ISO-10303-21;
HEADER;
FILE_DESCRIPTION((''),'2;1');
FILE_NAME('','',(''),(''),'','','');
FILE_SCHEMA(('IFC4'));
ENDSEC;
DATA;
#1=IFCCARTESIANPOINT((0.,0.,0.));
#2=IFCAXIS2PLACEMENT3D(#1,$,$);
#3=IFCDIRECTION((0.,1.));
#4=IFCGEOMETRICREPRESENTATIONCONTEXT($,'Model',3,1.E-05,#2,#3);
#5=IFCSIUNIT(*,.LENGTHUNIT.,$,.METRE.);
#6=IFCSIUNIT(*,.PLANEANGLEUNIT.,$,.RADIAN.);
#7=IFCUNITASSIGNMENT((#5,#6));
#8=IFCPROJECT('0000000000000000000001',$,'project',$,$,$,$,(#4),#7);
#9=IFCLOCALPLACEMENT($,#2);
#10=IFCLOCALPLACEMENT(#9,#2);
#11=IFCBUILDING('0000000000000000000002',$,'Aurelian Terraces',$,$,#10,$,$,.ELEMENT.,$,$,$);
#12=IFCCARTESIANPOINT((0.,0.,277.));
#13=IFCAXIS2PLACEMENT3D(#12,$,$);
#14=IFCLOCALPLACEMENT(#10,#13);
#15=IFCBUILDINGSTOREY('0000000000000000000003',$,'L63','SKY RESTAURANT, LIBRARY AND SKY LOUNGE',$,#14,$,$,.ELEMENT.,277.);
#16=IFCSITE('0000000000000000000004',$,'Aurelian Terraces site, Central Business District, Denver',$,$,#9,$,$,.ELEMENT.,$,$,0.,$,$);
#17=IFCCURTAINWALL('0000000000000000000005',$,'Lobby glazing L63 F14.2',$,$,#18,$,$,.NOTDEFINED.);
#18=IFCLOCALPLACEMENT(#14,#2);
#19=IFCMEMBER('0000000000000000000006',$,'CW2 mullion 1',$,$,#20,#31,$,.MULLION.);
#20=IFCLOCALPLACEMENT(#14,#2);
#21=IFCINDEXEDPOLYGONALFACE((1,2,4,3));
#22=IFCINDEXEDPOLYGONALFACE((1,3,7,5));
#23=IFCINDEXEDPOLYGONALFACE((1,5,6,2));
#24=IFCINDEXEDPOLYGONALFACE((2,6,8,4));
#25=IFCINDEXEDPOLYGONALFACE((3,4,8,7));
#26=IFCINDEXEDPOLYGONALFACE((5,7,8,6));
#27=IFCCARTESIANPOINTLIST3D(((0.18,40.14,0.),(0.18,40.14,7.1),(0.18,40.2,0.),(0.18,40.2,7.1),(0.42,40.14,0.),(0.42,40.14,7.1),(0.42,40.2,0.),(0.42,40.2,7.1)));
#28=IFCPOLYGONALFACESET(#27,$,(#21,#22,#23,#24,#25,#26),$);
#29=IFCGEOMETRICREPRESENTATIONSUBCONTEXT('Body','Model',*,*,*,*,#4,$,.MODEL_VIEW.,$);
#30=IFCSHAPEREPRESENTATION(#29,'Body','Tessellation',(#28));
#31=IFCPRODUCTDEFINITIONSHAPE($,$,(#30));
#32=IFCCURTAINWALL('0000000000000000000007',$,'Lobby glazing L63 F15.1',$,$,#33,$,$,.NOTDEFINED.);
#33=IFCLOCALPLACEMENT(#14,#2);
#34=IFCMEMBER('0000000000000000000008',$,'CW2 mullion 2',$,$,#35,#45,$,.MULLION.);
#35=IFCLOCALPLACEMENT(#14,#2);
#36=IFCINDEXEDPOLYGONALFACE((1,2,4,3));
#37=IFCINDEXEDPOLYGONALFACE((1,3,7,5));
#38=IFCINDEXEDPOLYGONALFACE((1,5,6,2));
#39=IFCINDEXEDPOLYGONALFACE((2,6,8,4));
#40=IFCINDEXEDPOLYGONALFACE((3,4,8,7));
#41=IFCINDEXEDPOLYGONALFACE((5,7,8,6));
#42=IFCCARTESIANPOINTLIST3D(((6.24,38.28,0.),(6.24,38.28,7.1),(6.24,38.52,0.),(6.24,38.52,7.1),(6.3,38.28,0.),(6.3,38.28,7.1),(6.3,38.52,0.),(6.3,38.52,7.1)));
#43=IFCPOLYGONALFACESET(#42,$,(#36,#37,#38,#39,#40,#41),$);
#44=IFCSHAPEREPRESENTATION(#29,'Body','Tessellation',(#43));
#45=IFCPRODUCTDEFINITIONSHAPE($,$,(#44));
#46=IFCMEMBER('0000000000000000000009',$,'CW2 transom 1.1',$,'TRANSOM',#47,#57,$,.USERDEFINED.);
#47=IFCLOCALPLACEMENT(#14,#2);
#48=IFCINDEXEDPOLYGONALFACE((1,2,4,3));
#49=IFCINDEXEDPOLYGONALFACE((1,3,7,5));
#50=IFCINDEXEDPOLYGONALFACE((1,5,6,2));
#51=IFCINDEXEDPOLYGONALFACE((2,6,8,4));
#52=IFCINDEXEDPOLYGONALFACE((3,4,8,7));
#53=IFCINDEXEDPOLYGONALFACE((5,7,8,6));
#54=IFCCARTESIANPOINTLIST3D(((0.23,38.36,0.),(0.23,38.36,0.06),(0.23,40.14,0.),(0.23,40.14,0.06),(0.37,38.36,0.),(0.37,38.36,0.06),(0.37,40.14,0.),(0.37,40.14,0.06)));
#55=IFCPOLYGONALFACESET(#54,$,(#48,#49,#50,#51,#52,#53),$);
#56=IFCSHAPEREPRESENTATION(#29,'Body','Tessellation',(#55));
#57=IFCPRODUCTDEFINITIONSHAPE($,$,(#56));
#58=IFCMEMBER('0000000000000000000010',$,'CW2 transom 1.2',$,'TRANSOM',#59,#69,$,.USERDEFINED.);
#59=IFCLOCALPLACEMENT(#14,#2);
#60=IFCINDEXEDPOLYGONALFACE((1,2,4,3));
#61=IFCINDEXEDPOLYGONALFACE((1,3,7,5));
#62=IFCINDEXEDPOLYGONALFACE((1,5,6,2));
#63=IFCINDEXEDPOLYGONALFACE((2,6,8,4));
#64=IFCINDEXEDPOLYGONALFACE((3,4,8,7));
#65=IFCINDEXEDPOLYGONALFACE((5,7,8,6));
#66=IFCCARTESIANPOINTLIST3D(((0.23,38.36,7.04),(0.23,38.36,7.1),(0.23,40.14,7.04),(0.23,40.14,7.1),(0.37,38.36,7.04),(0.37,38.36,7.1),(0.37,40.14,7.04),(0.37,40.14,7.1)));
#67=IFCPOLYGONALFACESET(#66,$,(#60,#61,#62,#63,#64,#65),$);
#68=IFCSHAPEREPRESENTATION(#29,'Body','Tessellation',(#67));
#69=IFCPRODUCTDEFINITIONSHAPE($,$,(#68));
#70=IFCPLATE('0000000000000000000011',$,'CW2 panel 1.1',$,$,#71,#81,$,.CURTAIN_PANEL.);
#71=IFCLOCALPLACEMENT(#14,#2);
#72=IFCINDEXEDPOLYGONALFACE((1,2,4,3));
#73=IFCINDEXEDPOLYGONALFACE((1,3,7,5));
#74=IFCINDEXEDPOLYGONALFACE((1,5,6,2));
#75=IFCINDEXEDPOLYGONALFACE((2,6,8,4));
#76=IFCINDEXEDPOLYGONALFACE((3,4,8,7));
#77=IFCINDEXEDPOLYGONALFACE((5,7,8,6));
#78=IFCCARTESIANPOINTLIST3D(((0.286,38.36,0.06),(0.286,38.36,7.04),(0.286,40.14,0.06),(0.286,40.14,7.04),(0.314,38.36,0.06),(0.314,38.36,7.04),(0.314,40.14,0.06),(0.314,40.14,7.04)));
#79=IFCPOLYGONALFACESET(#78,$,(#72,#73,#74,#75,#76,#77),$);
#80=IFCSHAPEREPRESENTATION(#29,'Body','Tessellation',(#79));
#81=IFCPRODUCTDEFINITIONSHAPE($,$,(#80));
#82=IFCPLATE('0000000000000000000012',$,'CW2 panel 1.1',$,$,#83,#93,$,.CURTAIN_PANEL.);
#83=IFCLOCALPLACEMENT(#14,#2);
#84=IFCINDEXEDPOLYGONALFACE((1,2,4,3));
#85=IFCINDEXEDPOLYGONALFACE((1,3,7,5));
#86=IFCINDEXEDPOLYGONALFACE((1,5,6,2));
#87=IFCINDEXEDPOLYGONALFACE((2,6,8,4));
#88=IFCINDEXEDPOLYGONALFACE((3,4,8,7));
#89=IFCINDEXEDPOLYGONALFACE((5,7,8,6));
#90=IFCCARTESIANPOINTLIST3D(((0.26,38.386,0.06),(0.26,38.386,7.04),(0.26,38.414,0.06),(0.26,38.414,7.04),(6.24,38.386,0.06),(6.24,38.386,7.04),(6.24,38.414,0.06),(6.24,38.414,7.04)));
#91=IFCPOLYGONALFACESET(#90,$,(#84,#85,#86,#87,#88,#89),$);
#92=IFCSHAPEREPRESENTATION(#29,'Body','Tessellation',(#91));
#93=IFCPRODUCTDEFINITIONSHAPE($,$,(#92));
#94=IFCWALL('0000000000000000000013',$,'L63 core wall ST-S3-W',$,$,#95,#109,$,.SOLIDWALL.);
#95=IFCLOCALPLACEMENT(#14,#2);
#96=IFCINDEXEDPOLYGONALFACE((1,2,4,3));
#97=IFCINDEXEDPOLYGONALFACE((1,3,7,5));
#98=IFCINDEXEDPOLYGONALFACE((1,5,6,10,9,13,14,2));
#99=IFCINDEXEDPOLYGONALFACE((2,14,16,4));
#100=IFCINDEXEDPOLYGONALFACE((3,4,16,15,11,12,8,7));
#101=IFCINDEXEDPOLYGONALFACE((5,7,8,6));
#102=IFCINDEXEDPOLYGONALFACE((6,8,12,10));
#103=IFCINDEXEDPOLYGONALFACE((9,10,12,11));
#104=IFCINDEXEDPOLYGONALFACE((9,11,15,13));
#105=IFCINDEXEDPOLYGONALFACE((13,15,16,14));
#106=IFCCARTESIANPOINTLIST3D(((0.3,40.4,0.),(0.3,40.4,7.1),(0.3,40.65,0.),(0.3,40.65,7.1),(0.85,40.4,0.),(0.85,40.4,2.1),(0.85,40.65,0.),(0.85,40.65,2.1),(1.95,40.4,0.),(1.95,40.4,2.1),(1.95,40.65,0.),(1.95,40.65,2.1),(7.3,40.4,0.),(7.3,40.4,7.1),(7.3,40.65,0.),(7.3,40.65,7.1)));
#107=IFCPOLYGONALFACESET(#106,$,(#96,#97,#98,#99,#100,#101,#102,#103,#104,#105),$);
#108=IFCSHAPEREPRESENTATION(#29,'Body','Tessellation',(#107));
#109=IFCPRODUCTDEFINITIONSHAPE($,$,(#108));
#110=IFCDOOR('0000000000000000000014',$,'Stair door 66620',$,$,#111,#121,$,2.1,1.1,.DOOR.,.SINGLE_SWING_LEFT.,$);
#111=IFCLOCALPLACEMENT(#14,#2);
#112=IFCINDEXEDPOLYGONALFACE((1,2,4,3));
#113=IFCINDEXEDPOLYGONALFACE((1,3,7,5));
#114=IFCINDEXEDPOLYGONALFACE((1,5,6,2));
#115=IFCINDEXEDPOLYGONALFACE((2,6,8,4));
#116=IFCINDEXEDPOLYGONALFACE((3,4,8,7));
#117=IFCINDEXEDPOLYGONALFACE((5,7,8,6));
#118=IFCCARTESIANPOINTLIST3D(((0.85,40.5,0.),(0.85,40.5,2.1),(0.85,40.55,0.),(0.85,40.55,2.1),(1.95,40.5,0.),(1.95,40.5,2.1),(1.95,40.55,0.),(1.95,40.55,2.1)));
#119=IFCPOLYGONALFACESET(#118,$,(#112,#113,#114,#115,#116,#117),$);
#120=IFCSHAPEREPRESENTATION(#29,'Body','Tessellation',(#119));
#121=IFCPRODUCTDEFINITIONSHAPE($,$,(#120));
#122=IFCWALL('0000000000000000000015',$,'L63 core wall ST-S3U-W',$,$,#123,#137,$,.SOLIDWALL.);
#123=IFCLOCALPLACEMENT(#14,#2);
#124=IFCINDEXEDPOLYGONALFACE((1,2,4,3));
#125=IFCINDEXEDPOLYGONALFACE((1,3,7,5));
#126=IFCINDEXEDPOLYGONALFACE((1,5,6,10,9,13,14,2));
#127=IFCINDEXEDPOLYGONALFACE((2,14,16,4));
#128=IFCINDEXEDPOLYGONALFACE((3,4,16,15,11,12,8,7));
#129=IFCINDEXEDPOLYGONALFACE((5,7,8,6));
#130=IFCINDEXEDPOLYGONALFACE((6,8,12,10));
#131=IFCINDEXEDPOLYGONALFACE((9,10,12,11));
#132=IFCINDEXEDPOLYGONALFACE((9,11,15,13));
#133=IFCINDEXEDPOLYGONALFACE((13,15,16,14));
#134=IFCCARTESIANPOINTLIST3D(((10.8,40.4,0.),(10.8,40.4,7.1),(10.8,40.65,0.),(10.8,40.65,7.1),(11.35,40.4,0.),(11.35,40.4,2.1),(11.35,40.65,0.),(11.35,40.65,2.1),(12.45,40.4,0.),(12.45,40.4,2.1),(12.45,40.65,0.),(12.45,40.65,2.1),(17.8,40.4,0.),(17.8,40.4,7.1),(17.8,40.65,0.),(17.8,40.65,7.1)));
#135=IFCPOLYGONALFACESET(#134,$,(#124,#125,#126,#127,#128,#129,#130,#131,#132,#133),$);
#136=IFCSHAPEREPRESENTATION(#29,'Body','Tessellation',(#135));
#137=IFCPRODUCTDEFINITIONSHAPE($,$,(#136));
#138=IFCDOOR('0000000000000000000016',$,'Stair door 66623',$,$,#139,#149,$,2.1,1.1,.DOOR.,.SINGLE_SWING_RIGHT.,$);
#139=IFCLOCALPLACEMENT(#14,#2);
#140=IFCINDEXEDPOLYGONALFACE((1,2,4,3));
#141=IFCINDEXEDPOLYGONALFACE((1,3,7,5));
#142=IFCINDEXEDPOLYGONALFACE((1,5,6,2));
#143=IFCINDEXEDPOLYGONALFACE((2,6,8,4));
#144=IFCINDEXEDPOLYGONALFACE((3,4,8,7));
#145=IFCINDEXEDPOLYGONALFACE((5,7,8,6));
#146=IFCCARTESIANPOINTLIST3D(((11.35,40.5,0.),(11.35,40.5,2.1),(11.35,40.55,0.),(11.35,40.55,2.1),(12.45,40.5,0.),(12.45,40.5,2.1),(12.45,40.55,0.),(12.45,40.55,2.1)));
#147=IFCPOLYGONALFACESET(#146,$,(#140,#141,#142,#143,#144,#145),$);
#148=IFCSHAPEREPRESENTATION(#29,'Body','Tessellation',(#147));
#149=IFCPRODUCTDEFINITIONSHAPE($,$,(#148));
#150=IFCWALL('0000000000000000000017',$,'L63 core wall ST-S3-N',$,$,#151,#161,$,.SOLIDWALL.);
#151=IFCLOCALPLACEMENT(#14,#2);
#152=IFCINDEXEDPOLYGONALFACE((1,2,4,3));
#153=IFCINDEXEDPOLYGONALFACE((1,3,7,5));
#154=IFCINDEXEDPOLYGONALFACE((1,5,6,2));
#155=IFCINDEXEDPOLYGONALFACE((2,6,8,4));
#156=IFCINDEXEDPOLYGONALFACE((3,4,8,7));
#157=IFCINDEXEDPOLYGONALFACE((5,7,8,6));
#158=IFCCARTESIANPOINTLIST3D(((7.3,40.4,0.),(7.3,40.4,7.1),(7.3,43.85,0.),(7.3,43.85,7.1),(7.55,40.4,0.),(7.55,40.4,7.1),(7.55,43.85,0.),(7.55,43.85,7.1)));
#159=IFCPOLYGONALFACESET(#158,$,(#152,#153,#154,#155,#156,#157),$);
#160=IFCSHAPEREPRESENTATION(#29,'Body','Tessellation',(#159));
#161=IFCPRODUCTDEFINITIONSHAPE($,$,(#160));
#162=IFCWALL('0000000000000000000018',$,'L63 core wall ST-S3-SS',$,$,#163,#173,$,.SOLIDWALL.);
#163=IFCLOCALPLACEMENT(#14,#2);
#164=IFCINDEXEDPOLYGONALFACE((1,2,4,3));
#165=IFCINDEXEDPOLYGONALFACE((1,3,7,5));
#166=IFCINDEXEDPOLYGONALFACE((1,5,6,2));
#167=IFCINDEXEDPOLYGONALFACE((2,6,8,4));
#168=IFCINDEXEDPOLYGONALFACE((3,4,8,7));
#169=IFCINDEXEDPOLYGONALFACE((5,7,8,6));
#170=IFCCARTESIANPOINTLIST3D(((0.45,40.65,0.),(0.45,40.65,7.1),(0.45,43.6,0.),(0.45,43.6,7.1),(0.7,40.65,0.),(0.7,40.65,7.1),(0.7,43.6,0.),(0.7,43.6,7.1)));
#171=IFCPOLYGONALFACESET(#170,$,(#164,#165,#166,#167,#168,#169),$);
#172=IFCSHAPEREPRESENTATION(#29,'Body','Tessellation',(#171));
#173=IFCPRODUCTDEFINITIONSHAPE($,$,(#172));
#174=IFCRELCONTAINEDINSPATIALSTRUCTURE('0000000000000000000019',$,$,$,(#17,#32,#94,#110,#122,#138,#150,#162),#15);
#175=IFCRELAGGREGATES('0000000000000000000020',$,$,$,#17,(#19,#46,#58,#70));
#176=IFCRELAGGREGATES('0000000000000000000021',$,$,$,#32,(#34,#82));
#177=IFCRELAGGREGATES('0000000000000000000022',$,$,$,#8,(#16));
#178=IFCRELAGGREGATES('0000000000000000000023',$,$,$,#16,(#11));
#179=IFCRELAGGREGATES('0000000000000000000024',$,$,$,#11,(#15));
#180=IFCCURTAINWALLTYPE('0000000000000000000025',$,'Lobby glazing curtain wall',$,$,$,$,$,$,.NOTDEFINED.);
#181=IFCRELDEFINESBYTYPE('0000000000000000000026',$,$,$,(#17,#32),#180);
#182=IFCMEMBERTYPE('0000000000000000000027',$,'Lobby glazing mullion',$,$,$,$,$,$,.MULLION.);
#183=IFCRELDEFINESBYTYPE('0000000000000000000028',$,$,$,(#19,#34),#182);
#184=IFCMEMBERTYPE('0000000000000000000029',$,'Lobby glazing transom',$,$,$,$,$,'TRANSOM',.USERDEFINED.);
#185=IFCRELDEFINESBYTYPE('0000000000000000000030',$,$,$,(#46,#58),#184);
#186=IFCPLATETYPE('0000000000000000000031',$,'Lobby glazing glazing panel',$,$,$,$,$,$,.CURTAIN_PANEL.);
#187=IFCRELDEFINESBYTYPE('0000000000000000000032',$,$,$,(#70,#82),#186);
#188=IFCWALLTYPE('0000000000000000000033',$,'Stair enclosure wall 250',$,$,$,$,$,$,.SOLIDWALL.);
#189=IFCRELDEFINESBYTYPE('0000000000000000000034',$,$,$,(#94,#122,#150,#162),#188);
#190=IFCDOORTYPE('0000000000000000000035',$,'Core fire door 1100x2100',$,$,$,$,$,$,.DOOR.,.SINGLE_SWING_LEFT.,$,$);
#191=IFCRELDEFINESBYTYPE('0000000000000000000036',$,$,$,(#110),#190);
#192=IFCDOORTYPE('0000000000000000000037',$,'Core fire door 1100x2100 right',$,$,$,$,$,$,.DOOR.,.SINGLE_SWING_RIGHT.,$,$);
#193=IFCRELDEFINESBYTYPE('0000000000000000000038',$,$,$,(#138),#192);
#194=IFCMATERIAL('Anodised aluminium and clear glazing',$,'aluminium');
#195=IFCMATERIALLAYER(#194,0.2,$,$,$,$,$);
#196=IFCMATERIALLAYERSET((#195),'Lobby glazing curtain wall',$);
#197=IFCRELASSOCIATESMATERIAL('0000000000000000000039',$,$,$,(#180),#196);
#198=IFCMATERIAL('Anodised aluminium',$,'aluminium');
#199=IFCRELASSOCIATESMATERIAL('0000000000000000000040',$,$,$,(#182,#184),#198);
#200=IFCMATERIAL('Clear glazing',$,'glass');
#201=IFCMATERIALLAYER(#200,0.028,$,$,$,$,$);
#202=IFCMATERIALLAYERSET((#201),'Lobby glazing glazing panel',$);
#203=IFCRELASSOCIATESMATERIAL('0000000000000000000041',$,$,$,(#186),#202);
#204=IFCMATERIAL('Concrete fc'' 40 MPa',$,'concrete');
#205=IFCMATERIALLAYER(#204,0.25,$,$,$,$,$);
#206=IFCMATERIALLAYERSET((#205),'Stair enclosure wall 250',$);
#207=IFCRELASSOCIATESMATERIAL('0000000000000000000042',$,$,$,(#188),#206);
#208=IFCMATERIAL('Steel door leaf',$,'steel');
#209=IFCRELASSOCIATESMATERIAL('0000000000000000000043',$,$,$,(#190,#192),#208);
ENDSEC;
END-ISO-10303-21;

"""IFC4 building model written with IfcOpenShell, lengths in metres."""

from ifc_helpers import new_model, si_unit, direction, frame, frame_2d, origin, origin_2d, place, context, subcontext, project, spatial, rectangle, extrude, source, transform, mapped, material, layer, layer_set, material_profile, profile_set, type_object, element, fill, aggregate, save


model = new_model("IFC4")

# Units and contexts
model_context = context("Model", 3, precision=1e-05, world=origin(), true_north=direction((0.0, 1.0)))
body_context = subcontext(model_context, "Body", "Model", "MODEL_VIEW")
ifc_project = project(units=[si_unit("LENGTHUNIT", "METRE"), si_unit("PLANEANGLEUNIT", "RADIAN")], contexts=[model_context])

# Site, building, storey
site_placement = place(None, origin())
site = spatial("IfcSite", under=ifc_project, at=site_placement, Name="Aurelian Terraces site, Central Business District, Denver", CompositionType="ELEMENT", RefElevation=0.0)
building_placement = place(site_placement, origin())
building = spatial("IfcBuilding", under=site, at=building_placement, Name="Aurelian Terraces", CompositionType="ELEMENT")
storey_placement = place(building_placement, frame((0.0, 0.0, 277.0)))
storey = spatial("IfcBuildingStorey", under=building, at=storey_placement, Name="L63", Description="SKY RESTAURANT, LIBRARY AND SKY LOUNGE", CompositionType="ELEMENT", Elevation=277.0)

# Curtain walls, members
ifc_material_1 = material(Name="Anodised aluminium and clear glazing", Category="aluminium")
ifc_layer_1 = layer(ifc_material_1, 0.2)
ifc_layer_set_1 = layer_set([ifc_layer_1], Name="Lobby glazing curtain wall")
curtain_wall_type = type_object("IfcCurtainWallType", Name="Lobby glazing curtain wall", PredefinedType="NOTDEFINED", material=ifc_layer_set_1)
curtain_wall_1_placement = place(storey_placement, origin())
curtain_wall_1 = element("IfcCurtainWall", 1, at=curtain_wall_1_placement, inside=storey, type_object=curtain_wall_type, Name="Lobby glazing L63 F14.2", PredefinedType="NOTDEFINED")
ifc_material_2 = material(Name="Anodised aluminium", Category="aluminium")
ifc_material_profile_1 = material_profile(ifc_material_2, rectangle(XDim=0.24, YDim=0.06, at=origin_2d()))
ifc_profile_set_1 = profile_set([ifc_material_profile_1], Name="Anodised aluminium")
member_type_1 = type_object("IfcMemberType", Name="Lobby glazing mullion", PredefinedType="MULLION", material=ifc_profile_set_1)
shared_shape_1 = source(origin(), body_context, "Body", "SweptSolid", [
    extrude(rectangle(XDim=0.24, YDim=0.06, at=origin_2d()), origin(), (0.0, 0.0, 1.0), 7.1),
])
member_1_placement = place(storey_placement, frame((0.3, 40.17, 0.0), z_axis=(0.0, 0.0, 1.0), x_axis=(1.0, 0.0, 0.0)))
member_1 = element("IfcMember", 2, at=member_1_placement, type_object=member_type_1, Name="CW2 mullion 1", PredefinedType="MULLION", context=body_context, shape_type="MappedRepresentation", body=[
    mapped(shared_shape_1, transform((0.0, 0.0, 0.0), scale=1.0)),
])
curtain_wall_2_placement = place(storey_placement, origin())
curtain_wall_2 = element("IfcCurtainWall", 3, at=curtain_wall_2_placement, inside=storey, type_object=curtain_wall_type, Name="Lobby glazing L63 F15.1", PredefinedType="NOTDEFINED")
member_2_placement = place(storey_placement, frame((6.27, 38.4, 0.0), z_axis=(0.0, 0.0, 1.0), x_axis=(0.0, 1.0, 0.0)))
member_2 = element("IfcMember", 4, at=member_2_placement, type_object=member_type_1, Name="CW2 mullion 2", PredefinedType="MULLION", context=body_context, shape_type="MappedRepresentation", body=[
    mapped(shared_shape_1, transform((0.0, 0.0, 0.0), scale=1.0)),
])

# Members
ifc_material_profile_2 = material_profile(ifc_material_2, rectangle(XDim=0.14, YDim=0.06, at=origin_2d()))
ifc_profile_set_2 = profile_set([ifc_material_profile_2], Name="Anodised aluminium")
member_type_2 = type_object("IfcMemberType", Name="Lobby glazing transom", ElementType="TRANSOM", PredefinedType="USERDEFINED", material=ifc_profile_set_2)
shared_shape_2 = source(origin(), body_context, "Body", "SweptSolid", [
    extrude(rectangle(XDim=0.14, YDim=0.06, at=origin_2d()), origin(), (0.0, 0.0, 1.0), 1.78),
])
member_3_placement = place(storey_placement, frame((0.3, 40.14, 0.03), z_axis=(0.0, -1.0, 0.0), x_axis=(1.0, 0.0, 0.0)))
member_3 = element("IfcMember", 5, at=member_3_placement, type_object=member_type_2, Name="CW2 transom 1.1", ObjectType="TRANSOM", PredefinedType="USERDEFINED", context=body_context, shape_type="MappedRepresentation", body=[
    mapped(shared_shape_2, transform((0.0, 0.0, 0.0), scale=1.0)),
])
member_4_placement = place(storey_placement, frame((0.3, 40.14, 7.07), z_axis=(0.0, -1.0, 0.0), x_axis=(1.0, 0.0, 0.0)))
member_4 = element("IfcMember", 6, at=member_4_placement, type_object=member_type_2, Name="CW2 transom 1.2", ObjectType="TRANSOM", PredefinedType="USERDEFINED", context=body_context, shape_type="MappedRepresentation", body=[
    mapped(shared_shape_2, transform((0.0, 0.0, 0.0), scale=1.0)),
])

# Plates
ifc_material_3 = material(Name="Clear glazing", Category="glass")
ifc_layer_2 = layer(ifc_material_3, 0.028)
ifc_layer_set_2 = layer_set([ifc_layer_2], Name="Lobby glazing glazing panel")
plate_type = type_object("IfcPlateType", Name="Lobby glazing glazing panel", PredefinedType="CURTAIN_PANEL", material=ifc_layer_set_2)
shared_shape_3 = source(origin(), body_context, "Body", "SweptSolid", [
    extrude(rectangle(XDim=1.78, YDim=0.028, at=origin_2d()), origin(), (0.0, 0.0, 1.0), 6.98),
])
plate_1_placement = place(storey_placement, frame((0.3, 39.25, 0.06), z_axis=(0.0, 0.0, 1.0), x_axis=(0.0, -1.0, 0.0)))
plate_1 = element("IfcPlate", 7, at=plate_1_placement, type_object=plate_type, Name="CW2 panel 1.1", PredefinedType="CURTAIN_PANEL", context=body_context, shape_type="MappedRepresentation", body=[
    mapped(shared_shape_3, transform((0.0, 0.0, 0.0), scale=1.0)),
])
aggregate(curtain_wall_1, [member_1, member_3, member_4, plate_1])
shared_shape_4 = source(origin(), body_context, "Body", "SweptSolid", [
    extrude(rectangle(XDim=5.98, YDim=0.028, at=origin_2d()), origin(), (0.0, 0.0, 1.0), 6.98),
])
plate_2_placement = place(storey_placement, frame((3.25, 38.4, 0.06), z_axis=(0.0, 0.0, 1.0), x_axis=(1.0, 0.0, 0.0)))
plate_2 = element("IfcPlate", 8, at=plate_2_placement, type_object=plate_type, Name="CW2 panel 1.1", PredefinedType="CURTAIN_PANEL", context=body_context, shape_type="MappedRepresentation", body=[
    mapped(shared_shape_4, transform((0.0, 0.0, 0.0), scale=1.0)),
])
aggregate(curtain_wall_2, [member_2, plate_2])

# Walls, openings, doors
ifc_material_4 = material(Name="Concrete fc' 40 MPa", Category="concrete")
ifc_layer_3 = layer(ifc_material_4, 0.25)
ifc_layer_set_3 = layer_set([ifc_layer_3], Name="Stair enclosure wall 250")
wall_type_1 = type_object("IfcWallType", Name="Stair enclosure wall 250", PredefinedType="SOLIDWALL", material=ifc_layer_set_3)
shared_shape_5 = source(origin(), body_context, "Body", "SweptSolid", [
    extrude(rectangle(XDim=7.0, YDim=0.25, at=frame_2d((3.5, 0.0))), origin(), (0.0, 0.0, 1.0), 7.1),
])
wall_1_placement = place(storey_placement, frame((0.3, 40.525, 0.0), z_axis=(0.0, 0.0, 1.0), x_axis=(1.0, 0.0, 0.0)))
wall_1 = element("IfcWall", 9, at=wall_1_placement, inside=storey, type_object=wall_type_1, Name="L63 core wall ST-S3-W", PredefinedType="SOLIDWALL", context=body_context, shape_type="MappedRepresentation", body=[
    mapped(shared_shape_5, transform((0.0, 0.0, 0.0), scale=1.0)),
])
shared_shape_6 = source(origin(), body_context, "Body", "SweptSolid", [
    extrude(rectangle(XDim=1.1, YDim=2.1, at=frame_2d((0.55, 1.05))), frame((0.0, 0.135, 0.0), z_axis=(0.0, -1.0, 0.0), x_axis=(1.0, 0.0, 0.0)), (0.0, 0.0, 1.0), 0.27),
])
opening_1_placement = place(wall_1_placement, frame((0.55, 0.0, 0.0)))
opening_1 = element("IfcOpeningElement", 10, at=opening_1_placement, cuts=wall_1, PredefinedType="OPENING", context=body_context, shape_type="MappedRepresentation", body=[
    mapped(shared_shape_6, transform((0.0, 0.0, 0.0), scale=1.0)),
])
ifc_material_5 = material(Name="Steel door leaf", Category="steel")
door_type_1 = type_object("IfcDoorType", Name="Core fire door 1100x2100", OperationType="SINGLE_SWING_LEFT", PredefinedType="DOOR", material=ifc_material_5)
shared_shape_7 = source(origin(), body_context, "Body", "SweptSolid", [
    extrude(rectangle(XDim=1.1, YDim=2.1, at=frame_2d((0.55, 1.05))), frame((0.0, 0.025, 0.0), z_axis=(0.0, -1.0, 0.0), x_axis=(1.0, 0.0, 0.0)), (0.0, 0.0, 1.0), 0.05),
])
door_1_placement = place(opening_1_placement, origin())
door_1 = element("IfcDoor", 11, at=door_1_placement, inside=storey, type_object=door_type_1, Name="Stair door 66620", OperationType="SINGLE_SWING_LEFT", OverallHeight=2.1, OverallWidth=1.1, PredefinedType="DOOR", context=body_context, shape_type="MappedRepresentation", body=[
    mapped(shared_shape_7, transform((0.0, 0.0, 0.0), scale=1.0)),
])
fill(opening_1, door_1)
wall_2_placement = place(storey_placement, frame((10.8, 40.525, 0.0), z_axis=(0.0, 0.0, 1.0), x_axis=(1.0, 0.0, 0.0)))
wall_2 = element("IfcWall", 12, at=wall_2_placement, inside=storey, type_object=wall_type_1, Name="L63 core wall ST-S3U-W", PredefinedType="SOLIDWALL", context=body_context, shape_type="MappedRepresentation", body=[
    mapped(shared_shape_5, transform((0.0, 0.0, 0.0), scale=1.0)),
])
opening_2_placement = place(wall_2_placement, frame((0.55, 0.0, 0.0)))
opening_2 = element("IfcOpeningElement", 13, at=opening_2_placement, cuts=wall_2, PredefinedType="OPENING", context=body_context, shape_type="MappedRepresentation", body=[
    mapped(shared_shape_6, transform((0.0, 0.0, 0.0), scale=1.0)),
])
door_type_2 = type_object("IfcDoorType", Name="Core fire door 1100x2100 right", OperationType="SINGLE_SWING_RIGHT", PredefinedType="DOOR", material=ifc_material_5)
door_2_placement = place(opening_2_placement, origin())
door_2 = element("IfcDoor", 14, at=door_2_placement, inside=storey, type_object=door_type_2, Name="Stair door 66623", OperationType="SINGLE_SWING_RIGHT", OverallHeight=2.1, OverallWidth=1.1, PredefinedType="DOOR", context=body_context, shape_type="MappedRepresentation", body=[
    mapped(shared_shape_7, transform((0.0, 0.0, 0.0), scale=1.0)),
])
fill(opening_2, door_2)

# Walls
shared_shape_8 = source(origin(), body_context, "Body", "SweptSolid", [
    extrude(rectangle(XDim=3.45, YDim=0.25, at=frame_2d((1.725, 0.0))), origin(), (0.0, 0.0, 1.0), 7.1),
])
wall_3_placement = place(storey_placement, frame((7.425, 40.4, 0.0), z_axis=(0.0, 0.0, 1.0), x_axis=(0.0, 1.0, 0.0)))
element("IfcWall", 15, at=wall_3_placement, inside=storey, type_object=wall_type_1, Name="L63 core wall ST-S3-N", PredefinedType="SOLIDWALL", context=body_context, shape_type="MappedRepresentation", body=[
    mapped(shared_shape_8, transform((0.0, 0.0, 0.0), scale=1.0)),
])
shared_shape_9 = source(origin(), body_context, "Body", "SweptSolid", [
    extrude(rectangle(XDim=2.95, YDim=0.25, at=frame_2d((1.475, 0.0))), origin(), (0.0, 0.0, 1.0), 7.1),
])
for number, where, z_axis, x_axis, name in (
    (16, (0.575, 40.65, 0.0), (0.0, 0.0, 1.0), (0.0, 1.0, 0.0), "L63 core wall ST-S3-SS"),
):
    element("IfcWall", number, at=place(storey_placement, frame(where, z_axis=z_axis, x_axis=x_axis)), inside=storey, type_object=wall_type_1, Name=name, PredefinedType="SOLIDWALL", context=body_context, shape_type="MappedRepresentation", body=[
        mapped(shared_shape_9, transform((0.0, 0.0, 0.0), scale=1.0)),
    ])

save(model, "model.ifc")
